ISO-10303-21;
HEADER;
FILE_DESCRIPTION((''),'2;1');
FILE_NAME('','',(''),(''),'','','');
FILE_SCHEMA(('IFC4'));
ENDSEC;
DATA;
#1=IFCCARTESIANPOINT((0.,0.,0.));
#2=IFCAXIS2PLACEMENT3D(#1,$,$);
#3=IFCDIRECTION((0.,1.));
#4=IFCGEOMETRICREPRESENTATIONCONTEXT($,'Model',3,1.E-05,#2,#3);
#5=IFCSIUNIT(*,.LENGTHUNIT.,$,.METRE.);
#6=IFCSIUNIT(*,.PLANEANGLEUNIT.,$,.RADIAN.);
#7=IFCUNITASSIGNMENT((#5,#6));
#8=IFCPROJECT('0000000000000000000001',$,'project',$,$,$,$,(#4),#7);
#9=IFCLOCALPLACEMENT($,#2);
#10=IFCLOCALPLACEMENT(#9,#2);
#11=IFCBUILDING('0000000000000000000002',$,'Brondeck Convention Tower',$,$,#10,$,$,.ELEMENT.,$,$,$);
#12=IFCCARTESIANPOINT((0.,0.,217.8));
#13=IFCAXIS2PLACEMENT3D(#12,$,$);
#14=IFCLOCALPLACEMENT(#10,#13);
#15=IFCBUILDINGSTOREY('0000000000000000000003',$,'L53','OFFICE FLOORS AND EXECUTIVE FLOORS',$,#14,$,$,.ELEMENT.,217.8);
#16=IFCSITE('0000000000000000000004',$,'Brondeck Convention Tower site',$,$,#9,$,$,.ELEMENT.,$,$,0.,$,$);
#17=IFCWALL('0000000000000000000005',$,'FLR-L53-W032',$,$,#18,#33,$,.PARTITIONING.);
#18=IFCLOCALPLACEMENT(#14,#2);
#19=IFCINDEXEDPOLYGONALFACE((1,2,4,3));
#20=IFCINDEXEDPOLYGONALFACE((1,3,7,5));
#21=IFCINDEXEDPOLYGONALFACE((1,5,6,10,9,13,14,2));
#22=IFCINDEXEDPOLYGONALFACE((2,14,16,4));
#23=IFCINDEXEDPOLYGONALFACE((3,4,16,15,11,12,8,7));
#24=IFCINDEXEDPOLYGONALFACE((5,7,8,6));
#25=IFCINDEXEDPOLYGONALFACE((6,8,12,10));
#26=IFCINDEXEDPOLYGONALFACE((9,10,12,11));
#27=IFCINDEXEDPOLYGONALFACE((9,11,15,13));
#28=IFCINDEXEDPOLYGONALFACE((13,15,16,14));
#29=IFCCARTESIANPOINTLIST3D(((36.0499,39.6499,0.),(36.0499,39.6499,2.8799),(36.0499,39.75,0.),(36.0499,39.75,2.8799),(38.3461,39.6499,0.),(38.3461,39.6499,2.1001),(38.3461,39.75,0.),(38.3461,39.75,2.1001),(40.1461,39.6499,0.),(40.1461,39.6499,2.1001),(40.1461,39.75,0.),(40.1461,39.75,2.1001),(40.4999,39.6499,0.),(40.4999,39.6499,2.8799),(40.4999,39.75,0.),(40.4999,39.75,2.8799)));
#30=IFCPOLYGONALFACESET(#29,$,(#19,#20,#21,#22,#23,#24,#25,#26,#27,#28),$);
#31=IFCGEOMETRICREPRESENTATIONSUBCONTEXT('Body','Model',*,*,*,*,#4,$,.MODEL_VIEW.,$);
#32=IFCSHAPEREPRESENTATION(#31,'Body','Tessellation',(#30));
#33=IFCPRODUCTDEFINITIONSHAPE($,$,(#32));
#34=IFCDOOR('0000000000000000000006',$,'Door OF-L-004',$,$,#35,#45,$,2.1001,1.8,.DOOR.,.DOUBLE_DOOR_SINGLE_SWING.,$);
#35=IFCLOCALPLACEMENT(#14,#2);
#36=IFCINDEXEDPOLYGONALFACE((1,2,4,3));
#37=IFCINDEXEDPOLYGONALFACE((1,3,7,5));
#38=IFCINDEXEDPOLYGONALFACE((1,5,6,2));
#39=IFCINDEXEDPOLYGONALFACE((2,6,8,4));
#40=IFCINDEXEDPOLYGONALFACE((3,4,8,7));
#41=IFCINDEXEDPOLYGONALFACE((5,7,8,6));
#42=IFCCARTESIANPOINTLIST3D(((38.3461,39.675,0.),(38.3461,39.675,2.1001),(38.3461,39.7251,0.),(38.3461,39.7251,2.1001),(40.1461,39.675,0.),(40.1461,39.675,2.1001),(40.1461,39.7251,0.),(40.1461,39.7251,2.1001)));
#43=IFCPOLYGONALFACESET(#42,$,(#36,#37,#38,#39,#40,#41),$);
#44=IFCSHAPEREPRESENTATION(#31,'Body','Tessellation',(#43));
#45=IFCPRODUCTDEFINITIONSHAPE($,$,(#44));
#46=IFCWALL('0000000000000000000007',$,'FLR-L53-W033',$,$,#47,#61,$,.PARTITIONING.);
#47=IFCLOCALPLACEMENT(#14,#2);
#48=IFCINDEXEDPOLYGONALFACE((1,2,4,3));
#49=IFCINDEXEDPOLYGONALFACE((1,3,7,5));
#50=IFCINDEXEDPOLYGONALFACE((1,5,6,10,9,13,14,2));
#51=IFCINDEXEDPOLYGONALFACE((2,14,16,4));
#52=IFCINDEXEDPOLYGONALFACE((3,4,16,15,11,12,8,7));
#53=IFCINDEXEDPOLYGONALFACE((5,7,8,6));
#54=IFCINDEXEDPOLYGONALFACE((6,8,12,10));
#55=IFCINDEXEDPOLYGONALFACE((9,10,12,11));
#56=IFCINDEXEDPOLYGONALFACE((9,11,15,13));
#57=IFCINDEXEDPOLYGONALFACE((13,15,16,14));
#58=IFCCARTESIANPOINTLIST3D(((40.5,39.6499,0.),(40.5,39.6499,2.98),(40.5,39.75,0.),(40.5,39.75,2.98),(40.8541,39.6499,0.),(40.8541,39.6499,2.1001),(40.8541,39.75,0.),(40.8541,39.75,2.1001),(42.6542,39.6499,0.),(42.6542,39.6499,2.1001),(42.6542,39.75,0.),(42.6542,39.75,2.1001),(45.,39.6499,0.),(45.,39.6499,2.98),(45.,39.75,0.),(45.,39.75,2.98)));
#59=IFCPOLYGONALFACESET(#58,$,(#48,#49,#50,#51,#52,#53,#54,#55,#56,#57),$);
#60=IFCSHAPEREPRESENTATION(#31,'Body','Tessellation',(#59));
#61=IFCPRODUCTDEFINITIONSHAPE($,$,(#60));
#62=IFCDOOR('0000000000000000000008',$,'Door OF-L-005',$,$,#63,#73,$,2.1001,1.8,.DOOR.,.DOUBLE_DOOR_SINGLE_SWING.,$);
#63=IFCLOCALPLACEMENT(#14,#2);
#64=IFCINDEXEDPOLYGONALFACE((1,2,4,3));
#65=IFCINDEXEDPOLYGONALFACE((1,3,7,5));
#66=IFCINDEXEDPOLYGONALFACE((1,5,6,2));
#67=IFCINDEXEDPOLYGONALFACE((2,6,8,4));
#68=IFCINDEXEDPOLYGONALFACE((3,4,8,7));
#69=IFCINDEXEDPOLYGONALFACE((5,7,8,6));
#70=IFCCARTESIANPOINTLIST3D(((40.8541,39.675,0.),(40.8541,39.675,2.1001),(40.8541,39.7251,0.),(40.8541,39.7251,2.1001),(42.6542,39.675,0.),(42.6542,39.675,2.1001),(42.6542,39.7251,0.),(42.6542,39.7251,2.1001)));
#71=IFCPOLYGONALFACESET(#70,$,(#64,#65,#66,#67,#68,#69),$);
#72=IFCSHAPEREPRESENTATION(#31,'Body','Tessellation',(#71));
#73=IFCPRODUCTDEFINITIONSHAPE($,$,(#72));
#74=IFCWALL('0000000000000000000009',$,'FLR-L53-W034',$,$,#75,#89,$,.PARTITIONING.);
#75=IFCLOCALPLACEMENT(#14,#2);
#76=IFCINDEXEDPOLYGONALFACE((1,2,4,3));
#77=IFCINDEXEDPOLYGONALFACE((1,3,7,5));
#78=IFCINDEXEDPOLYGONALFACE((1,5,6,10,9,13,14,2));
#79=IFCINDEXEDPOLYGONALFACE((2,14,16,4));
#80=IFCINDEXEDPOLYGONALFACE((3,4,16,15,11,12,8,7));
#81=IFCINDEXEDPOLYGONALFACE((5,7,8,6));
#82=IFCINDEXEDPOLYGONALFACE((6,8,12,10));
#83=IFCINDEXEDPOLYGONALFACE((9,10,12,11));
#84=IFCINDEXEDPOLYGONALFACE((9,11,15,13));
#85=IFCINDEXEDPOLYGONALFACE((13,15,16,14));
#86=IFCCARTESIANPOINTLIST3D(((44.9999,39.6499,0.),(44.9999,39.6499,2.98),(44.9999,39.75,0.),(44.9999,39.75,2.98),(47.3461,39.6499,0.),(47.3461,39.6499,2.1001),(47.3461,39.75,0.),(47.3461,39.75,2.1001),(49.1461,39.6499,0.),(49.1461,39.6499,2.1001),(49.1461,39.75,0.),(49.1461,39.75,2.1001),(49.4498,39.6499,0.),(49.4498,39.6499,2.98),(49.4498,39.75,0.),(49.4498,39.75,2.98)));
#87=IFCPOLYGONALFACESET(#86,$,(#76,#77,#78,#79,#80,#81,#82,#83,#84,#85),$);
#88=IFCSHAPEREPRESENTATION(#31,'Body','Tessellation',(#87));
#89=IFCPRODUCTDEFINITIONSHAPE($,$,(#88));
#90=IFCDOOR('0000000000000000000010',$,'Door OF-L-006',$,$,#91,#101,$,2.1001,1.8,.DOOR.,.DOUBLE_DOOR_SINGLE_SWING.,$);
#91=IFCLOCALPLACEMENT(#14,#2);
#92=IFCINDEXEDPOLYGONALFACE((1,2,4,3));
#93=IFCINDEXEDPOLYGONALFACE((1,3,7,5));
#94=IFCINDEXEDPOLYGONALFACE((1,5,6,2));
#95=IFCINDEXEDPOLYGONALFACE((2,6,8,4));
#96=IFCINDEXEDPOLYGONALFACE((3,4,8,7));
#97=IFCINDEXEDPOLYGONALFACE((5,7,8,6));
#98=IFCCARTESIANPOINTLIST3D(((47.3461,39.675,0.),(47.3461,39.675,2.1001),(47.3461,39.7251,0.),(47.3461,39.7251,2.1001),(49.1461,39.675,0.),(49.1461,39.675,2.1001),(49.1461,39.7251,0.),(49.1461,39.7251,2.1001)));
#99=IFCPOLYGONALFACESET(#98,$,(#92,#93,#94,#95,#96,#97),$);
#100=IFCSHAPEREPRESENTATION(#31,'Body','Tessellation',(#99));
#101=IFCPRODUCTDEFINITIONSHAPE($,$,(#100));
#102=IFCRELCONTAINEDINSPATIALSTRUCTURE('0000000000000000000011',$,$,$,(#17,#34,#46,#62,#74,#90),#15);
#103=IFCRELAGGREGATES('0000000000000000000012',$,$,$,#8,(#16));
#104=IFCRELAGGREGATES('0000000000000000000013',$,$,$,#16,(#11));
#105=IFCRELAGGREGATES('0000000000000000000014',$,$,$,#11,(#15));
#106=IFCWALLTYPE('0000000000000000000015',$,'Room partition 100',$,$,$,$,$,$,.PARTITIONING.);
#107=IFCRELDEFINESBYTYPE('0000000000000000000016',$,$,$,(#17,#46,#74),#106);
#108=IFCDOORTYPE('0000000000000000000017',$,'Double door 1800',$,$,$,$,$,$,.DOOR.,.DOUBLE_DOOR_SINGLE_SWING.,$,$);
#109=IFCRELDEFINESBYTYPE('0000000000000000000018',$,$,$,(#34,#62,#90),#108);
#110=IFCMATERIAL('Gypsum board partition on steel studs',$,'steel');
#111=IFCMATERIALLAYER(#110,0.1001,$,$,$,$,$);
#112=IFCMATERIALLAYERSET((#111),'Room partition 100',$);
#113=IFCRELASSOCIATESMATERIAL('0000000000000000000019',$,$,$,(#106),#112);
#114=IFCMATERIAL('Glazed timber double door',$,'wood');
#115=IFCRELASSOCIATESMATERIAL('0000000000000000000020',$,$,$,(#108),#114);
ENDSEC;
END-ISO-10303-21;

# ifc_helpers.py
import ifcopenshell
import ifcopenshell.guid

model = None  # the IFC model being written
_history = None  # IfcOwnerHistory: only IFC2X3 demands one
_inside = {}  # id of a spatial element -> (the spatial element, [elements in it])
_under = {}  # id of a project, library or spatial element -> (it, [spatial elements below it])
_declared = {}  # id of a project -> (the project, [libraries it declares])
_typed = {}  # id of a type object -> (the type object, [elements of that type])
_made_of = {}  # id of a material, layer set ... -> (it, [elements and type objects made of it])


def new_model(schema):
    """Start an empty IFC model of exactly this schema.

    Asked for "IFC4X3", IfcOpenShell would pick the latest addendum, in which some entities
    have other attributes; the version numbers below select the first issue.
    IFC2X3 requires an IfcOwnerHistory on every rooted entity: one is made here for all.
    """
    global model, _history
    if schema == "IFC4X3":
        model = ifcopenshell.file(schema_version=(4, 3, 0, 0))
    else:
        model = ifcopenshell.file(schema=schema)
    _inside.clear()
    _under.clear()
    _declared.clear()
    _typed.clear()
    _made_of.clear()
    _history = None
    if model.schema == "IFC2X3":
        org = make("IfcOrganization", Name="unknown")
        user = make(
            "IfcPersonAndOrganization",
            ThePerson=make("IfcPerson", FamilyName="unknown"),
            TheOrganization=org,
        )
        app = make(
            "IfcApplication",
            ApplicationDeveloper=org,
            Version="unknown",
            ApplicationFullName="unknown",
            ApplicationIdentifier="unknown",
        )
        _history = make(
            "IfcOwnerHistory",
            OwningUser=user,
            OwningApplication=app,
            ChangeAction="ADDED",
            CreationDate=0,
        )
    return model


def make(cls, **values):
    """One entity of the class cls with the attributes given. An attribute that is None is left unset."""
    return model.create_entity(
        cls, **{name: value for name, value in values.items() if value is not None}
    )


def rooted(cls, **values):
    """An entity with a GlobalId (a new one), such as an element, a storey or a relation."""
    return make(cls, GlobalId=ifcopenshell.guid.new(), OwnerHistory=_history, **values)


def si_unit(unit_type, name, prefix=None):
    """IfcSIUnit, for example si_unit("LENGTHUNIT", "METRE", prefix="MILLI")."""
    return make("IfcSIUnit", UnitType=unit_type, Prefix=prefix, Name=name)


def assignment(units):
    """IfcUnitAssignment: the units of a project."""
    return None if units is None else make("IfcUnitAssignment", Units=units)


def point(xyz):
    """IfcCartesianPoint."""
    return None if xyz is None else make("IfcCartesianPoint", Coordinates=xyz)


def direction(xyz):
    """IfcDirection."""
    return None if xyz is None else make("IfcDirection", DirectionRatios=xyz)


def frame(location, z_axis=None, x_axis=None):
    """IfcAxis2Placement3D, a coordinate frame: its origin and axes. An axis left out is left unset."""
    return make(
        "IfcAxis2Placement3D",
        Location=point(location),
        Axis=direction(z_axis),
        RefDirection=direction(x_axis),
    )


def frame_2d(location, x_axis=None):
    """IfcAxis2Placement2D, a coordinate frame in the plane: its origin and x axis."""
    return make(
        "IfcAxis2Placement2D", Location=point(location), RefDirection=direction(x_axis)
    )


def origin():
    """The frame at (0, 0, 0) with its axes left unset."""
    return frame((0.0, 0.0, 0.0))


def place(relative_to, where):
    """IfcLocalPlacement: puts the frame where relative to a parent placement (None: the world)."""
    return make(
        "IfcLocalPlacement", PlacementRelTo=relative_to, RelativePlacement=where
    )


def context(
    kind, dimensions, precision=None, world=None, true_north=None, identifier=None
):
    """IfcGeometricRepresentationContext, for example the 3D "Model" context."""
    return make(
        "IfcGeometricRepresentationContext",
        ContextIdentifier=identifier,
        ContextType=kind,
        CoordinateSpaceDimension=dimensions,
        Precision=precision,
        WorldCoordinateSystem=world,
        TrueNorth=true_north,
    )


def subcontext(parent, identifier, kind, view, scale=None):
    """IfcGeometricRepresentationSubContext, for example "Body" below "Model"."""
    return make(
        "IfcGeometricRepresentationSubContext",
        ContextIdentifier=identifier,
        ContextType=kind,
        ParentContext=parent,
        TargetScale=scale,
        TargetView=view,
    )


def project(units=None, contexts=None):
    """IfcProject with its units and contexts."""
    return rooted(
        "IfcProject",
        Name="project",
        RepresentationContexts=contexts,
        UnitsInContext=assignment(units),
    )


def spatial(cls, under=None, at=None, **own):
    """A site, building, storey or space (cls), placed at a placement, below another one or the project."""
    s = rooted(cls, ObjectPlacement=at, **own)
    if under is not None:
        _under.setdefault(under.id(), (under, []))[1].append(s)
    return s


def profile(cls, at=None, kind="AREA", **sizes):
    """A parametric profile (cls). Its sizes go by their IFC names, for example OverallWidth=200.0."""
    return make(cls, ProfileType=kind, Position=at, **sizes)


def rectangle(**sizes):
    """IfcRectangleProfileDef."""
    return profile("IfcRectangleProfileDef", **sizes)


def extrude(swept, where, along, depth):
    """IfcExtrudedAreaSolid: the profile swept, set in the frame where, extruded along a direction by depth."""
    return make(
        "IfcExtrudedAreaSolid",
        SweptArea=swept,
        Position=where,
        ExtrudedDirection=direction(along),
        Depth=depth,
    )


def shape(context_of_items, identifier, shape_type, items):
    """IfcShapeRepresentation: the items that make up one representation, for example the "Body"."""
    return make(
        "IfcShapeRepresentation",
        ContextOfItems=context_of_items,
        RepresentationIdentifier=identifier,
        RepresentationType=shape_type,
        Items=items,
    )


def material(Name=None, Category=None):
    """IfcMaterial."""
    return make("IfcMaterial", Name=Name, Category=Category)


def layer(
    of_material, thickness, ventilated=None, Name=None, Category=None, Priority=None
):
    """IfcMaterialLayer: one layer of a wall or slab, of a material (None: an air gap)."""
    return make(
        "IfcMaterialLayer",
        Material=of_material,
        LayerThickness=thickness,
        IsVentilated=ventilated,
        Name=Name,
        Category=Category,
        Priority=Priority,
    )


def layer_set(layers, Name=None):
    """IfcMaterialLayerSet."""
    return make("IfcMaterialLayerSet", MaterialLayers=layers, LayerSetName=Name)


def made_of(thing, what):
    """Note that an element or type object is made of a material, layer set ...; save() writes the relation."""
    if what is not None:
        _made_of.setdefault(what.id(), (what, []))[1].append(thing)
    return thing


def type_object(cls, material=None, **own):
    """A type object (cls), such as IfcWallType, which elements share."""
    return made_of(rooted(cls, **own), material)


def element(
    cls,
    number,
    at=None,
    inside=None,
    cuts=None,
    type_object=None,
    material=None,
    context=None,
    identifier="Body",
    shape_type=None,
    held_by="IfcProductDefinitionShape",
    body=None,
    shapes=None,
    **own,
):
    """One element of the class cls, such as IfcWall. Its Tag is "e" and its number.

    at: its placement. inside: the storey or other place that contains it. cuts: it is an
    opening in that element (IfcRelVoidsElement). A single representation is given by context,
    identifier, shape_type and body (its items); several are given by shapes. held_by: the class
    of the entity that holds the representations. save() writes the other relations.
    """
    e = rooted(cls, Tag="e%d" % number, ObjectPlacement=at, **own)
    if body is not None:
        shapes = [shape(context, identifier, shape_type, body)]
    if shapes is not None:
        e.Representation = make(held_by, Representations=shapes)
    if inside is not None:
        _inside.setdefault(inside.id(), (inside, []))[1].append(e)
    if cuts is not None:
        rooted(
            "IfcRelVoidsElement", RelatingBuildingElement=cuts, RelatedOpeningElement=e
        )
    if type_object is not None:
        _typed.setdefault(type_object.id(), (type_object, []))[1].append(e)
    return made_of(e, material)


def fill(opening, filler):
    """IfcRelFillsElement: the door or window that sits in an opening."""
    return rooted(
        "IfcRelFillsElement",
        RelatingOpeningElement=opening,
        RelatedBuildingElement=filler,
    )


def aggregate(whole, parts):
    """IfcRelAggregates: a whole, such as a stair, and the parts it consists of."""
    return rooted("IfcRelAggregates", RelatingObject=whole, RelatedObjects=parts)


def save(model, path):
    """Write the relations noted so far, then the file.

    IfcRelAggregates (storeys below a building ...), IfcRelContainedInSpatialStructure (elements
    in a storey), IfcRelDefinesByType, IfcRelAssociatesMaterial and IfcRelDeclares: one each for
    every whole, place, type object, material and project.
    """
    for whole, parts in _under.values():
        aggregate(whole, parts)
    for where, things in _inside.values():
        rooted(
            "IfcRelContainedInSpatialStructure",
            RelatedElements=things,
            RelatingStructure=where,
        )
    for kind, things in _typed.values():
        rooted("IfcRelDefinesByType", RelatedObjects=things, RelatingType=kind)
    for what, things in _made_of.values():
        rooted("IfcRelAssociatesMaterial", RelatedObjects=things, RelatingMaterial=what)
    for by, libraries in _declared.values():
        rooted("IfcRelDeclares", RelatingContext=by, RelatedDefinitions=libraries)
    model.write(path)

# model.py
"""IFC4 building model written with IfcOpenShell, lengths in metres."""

from ifc_helpers import new_model, si_unit, direction, frame, frame_2d, origin, place, context, subcontext, project, spatial, rectangle, extrude, material, layer, layer_set, type_object, element, fill, save


model = new_model("IFC4")

# Units and contexts
model_context = context("Model", 3, precision=1e-05, world=origin(), true_north=direction((0.0, 1.0)))
body_context = subcontext(model_context, "Body", "Model", "MODEL_VIEW")
ifc_project = project(units=[si_unit("LENGTHUNIT", "METRE"), si_unit("PLANEANGLEUNIT", "RADIAN")], contexts=[model_context])

# Site, building, storey
site_placement = place(None, origin())
site = spatial("IfcSite", under=ifc_project, at=site_placement, Name="Brondeck Convention Tower site", CompositionType="ELEMENT", RefElevation=0.0)
building_placement = place(site_placement, origin())
building = spatial("IfcBuilding", under=site, at=building_placement, Name="Brondeck Convention Tower", CompositionType="ELEMENT")
storey_placement = place(building_placement, frame((0.0, 0.0, 217.8)))
storey = spatial("IfcBuildingStorey", under=building, at=storey_placement, Name="L53", Description="OFFICE FLOORS AND EXECUTIVE FLOORS", CompositionType="ELEMENT", Elevation=217.8)

# Shared definitions
ifc_material_1 = material(Name="Gypsum board partition on steel studs", Category="steel")
ifc_layer_1 = layer(ifc_material_1, 0.1001)
ifc_layer_set_1 = layer_set([ifc_layer_1], Name="Room partition 100")
wall_type_1 = type_object("IfcWallType", Name="Room partition 100", PredefinedType="PARTITIONING", material=ifc_layer_set_1)

# Walls, openings, doors
wall_1_placement = place(storey_placement, frame((40.5, 39.7, 0.0), z_axis=(0.0, 0.0, 1.0), x_axis=(-1.0, 0.0, 0.0)))
wall_1 = element("IfcWall", 1, at=wall_1_placement, inside=storey, type_object=wall_type_1, Name="FLR-L53-W032", PredefinedType="PARTITIONING", context=body_context, shape_type="SweptSolid", body=[
    extrude(rectangle(XDim=4.45, YDim=0.1001, at=frame_2d((2.2251, 0.0))), origin(), (0.0, 0.0, 1.0), 2.8799),
])
opening_1_placement = place(wall_1_placement, frame((0.354, 0.0, 0.0)))
opening_1 = element("IfcOpeningElement", 2, at=opening_1_placement, cuts=wall_1, PredefinedType="OPENING", context=body_context, shape_type="SweptSolid", body=[
    extrude(rectangle(XDim=1.8, YDim=2.1001, at=frame_2d((0.8999, 1.05))), frame((0.0, 0.0601, 0.0), z_axis=(0.0, -1.0, 0.0), x_axis=(1.0, 0.0, 0.0)), (0.0, 0.0, 1.0), 0.1201),
])
ifc_material_2 = material(Name="Glazed timber double door", Category="wood")
door_type = type_object("IfcDoorType", Name="Double door 1800", OperationType="DOUBLE_DOOR_SINGLE_SWING", PredefinedType="DOOR", material=ifc_material_2)
door_1_placement = place(opening_1_placement, origin())
door_1 = element("IfcDoor", 3, at=door_1_placement, inside=storey, type_object=door_type, Name="Door OF-L-004", OperationType="DOUBLE_DOOR_SINGLE_SWING", OverallHeight=2.1001, OverallWidth=1.8, PredefinedType="DOOR", context=body_context, shape_type="SweptSolid", body=[
    extrude(rectangle(XDim=1.8, YDim=2.1001, at=frame_2d((0.8999, 1.05))), frame((0.0, 0.0249, 0.0), z_axis=(0.0, -1.0, 0.0), x_axis=(1.0, 0.0, 0.0)), (0.0, 0.0, 1.0), 0.05),
])
fill(opening_1, door_1)
wall_2_placement = place(storey_placement, frame((45.0, 39.7, 0.0), z_axis=(0.0, 0.0, 1.0), x_axis=(-1.0, 0.0, 0.0)))
wall_2 = element("IfcWall", 4, at=wall_2_placement, inside=storey, type_object=wall_type_1, Name="FLR-L53-W033", PredefinedType="PARTITIONING", context=body_context, shape_type="SweptSolid", body=[
    extrude(rectangle(XDim=4.5, YDim=0.1001, at=frame_2d((2.25, 0.0))), origin(), (0.0, 0.0, 1.0), 2.98),
])
opening_2_placement = place(wall_2_placement, frame((2.3459, 0.0, 0.0)))
opening_2 = element("IfcOpeningElement", 5, at=opening_2_placement, cuts=wall_2, PredefinedType="OPENING", context=body_context, shape_type="SweptSolid", body=[
    extrude(rectangle(XDim=1.8, YDim=2.1001, at=frame_2d((0.8999, 1.05))), frame((0.0, 0.0601, 0.0), z_axis=(0.0, -1.0, 0.0), x_axis=(1.0, 0.0, 0.0)), (0.0, 0.0, 1.0), 0.1201),
])
door_2_placement = place(opening_2_placement, origin())
door_2 = element("IfcDoor", 6, at=door_2_placement, inside=storey, type_object=door_type, Name="Door OF-L-005", OperationType="DOUBLE_DOOR_SINGLE_SWING", OverallHeight=2.1001, OverallWidth=1.8, PredefinedType="DOOR", context=body_context, shape_type="SweptSolid", body=[
    extrude(rectangle(XDim=1.8, YDim=2.1001, at=frame_2d((0.8999, 1.05))), frame((0.0, 0.0249, 0.0), z_axis=(0.0, -1.0, 0.0), x_axis=(1.0, 0.0, 0.0)), (0.0, 0.0, 1.0), 0.05),
])
fill(opening_2, door_2)
wall_3_placement = place(storey_placement, frame((49.45, 39.7, 0.0), z_axis=(0.0, 0.0, 1.0), x_axis=(-1.0, 0.0, 0.0)))
wall_3 = element("IfcWall", 7, at=wall_3_placement, inside=storey, type_object=wall_type_1, Name="FLR-L53-W034", PredefinedType="PARTITIONING", context=body_context, shape_type="SweptSolid", body=[
    extrude(rectangle(XDim=4.45, YDim=0.1001, at=frame_2d((2.2251, 0.0))), origin(), (0.0, 0.0, 1.0), 2.98),
])
opening_3_placement = place(wall_3_placement, frame((0.304, 0.0, 0.0)))
opening_3 = element("IfcOpeningElement", 8, at=opening_3_placement, cuts=wall_3, PredefinedType="OPENING", context=body_context, shape_type="SweptSolid", body=[
    extrude(rectangle(XDim=1.8, YDim=2.1001, at=frame_2d((0.8999, 1.05))), frame((0.0, 0.0601, 0.0), z_axis=(0.0, -1.0, 0.0), x_axis=(1.0, 0.0, 0.0)), (0.0, 0.0, 1.0), 0.1201),
])
door_3_placement = place(opening_3_placement, origin())
door_3 = element("IfcDoor", 9, at=door_3_placement, inside=storey, type_object=door_type, Name="Door OF-L-006", OperationType="DOUBLE_DOOR_SINGLE_SWING", OverallHeight=2.1001, OverallWidth=1.8, PredefinedType="DOOR", context=body_context, shape_type="SweptSolid", body=[
    extrude(rectangle(XDim=1.8, YDim=2.1001, at=frame_2d((0.8999, 1.05))), frame((0.0, 0.0249, 0.0), z_axis=(0.0, -1.0, 0.0), x_axis=(1.0, 0.0, 0.0)), (0.0, 0.0, 1.0), 0.05),
])
fill(opening_3, door_3)

save(model, "model.ifc")
